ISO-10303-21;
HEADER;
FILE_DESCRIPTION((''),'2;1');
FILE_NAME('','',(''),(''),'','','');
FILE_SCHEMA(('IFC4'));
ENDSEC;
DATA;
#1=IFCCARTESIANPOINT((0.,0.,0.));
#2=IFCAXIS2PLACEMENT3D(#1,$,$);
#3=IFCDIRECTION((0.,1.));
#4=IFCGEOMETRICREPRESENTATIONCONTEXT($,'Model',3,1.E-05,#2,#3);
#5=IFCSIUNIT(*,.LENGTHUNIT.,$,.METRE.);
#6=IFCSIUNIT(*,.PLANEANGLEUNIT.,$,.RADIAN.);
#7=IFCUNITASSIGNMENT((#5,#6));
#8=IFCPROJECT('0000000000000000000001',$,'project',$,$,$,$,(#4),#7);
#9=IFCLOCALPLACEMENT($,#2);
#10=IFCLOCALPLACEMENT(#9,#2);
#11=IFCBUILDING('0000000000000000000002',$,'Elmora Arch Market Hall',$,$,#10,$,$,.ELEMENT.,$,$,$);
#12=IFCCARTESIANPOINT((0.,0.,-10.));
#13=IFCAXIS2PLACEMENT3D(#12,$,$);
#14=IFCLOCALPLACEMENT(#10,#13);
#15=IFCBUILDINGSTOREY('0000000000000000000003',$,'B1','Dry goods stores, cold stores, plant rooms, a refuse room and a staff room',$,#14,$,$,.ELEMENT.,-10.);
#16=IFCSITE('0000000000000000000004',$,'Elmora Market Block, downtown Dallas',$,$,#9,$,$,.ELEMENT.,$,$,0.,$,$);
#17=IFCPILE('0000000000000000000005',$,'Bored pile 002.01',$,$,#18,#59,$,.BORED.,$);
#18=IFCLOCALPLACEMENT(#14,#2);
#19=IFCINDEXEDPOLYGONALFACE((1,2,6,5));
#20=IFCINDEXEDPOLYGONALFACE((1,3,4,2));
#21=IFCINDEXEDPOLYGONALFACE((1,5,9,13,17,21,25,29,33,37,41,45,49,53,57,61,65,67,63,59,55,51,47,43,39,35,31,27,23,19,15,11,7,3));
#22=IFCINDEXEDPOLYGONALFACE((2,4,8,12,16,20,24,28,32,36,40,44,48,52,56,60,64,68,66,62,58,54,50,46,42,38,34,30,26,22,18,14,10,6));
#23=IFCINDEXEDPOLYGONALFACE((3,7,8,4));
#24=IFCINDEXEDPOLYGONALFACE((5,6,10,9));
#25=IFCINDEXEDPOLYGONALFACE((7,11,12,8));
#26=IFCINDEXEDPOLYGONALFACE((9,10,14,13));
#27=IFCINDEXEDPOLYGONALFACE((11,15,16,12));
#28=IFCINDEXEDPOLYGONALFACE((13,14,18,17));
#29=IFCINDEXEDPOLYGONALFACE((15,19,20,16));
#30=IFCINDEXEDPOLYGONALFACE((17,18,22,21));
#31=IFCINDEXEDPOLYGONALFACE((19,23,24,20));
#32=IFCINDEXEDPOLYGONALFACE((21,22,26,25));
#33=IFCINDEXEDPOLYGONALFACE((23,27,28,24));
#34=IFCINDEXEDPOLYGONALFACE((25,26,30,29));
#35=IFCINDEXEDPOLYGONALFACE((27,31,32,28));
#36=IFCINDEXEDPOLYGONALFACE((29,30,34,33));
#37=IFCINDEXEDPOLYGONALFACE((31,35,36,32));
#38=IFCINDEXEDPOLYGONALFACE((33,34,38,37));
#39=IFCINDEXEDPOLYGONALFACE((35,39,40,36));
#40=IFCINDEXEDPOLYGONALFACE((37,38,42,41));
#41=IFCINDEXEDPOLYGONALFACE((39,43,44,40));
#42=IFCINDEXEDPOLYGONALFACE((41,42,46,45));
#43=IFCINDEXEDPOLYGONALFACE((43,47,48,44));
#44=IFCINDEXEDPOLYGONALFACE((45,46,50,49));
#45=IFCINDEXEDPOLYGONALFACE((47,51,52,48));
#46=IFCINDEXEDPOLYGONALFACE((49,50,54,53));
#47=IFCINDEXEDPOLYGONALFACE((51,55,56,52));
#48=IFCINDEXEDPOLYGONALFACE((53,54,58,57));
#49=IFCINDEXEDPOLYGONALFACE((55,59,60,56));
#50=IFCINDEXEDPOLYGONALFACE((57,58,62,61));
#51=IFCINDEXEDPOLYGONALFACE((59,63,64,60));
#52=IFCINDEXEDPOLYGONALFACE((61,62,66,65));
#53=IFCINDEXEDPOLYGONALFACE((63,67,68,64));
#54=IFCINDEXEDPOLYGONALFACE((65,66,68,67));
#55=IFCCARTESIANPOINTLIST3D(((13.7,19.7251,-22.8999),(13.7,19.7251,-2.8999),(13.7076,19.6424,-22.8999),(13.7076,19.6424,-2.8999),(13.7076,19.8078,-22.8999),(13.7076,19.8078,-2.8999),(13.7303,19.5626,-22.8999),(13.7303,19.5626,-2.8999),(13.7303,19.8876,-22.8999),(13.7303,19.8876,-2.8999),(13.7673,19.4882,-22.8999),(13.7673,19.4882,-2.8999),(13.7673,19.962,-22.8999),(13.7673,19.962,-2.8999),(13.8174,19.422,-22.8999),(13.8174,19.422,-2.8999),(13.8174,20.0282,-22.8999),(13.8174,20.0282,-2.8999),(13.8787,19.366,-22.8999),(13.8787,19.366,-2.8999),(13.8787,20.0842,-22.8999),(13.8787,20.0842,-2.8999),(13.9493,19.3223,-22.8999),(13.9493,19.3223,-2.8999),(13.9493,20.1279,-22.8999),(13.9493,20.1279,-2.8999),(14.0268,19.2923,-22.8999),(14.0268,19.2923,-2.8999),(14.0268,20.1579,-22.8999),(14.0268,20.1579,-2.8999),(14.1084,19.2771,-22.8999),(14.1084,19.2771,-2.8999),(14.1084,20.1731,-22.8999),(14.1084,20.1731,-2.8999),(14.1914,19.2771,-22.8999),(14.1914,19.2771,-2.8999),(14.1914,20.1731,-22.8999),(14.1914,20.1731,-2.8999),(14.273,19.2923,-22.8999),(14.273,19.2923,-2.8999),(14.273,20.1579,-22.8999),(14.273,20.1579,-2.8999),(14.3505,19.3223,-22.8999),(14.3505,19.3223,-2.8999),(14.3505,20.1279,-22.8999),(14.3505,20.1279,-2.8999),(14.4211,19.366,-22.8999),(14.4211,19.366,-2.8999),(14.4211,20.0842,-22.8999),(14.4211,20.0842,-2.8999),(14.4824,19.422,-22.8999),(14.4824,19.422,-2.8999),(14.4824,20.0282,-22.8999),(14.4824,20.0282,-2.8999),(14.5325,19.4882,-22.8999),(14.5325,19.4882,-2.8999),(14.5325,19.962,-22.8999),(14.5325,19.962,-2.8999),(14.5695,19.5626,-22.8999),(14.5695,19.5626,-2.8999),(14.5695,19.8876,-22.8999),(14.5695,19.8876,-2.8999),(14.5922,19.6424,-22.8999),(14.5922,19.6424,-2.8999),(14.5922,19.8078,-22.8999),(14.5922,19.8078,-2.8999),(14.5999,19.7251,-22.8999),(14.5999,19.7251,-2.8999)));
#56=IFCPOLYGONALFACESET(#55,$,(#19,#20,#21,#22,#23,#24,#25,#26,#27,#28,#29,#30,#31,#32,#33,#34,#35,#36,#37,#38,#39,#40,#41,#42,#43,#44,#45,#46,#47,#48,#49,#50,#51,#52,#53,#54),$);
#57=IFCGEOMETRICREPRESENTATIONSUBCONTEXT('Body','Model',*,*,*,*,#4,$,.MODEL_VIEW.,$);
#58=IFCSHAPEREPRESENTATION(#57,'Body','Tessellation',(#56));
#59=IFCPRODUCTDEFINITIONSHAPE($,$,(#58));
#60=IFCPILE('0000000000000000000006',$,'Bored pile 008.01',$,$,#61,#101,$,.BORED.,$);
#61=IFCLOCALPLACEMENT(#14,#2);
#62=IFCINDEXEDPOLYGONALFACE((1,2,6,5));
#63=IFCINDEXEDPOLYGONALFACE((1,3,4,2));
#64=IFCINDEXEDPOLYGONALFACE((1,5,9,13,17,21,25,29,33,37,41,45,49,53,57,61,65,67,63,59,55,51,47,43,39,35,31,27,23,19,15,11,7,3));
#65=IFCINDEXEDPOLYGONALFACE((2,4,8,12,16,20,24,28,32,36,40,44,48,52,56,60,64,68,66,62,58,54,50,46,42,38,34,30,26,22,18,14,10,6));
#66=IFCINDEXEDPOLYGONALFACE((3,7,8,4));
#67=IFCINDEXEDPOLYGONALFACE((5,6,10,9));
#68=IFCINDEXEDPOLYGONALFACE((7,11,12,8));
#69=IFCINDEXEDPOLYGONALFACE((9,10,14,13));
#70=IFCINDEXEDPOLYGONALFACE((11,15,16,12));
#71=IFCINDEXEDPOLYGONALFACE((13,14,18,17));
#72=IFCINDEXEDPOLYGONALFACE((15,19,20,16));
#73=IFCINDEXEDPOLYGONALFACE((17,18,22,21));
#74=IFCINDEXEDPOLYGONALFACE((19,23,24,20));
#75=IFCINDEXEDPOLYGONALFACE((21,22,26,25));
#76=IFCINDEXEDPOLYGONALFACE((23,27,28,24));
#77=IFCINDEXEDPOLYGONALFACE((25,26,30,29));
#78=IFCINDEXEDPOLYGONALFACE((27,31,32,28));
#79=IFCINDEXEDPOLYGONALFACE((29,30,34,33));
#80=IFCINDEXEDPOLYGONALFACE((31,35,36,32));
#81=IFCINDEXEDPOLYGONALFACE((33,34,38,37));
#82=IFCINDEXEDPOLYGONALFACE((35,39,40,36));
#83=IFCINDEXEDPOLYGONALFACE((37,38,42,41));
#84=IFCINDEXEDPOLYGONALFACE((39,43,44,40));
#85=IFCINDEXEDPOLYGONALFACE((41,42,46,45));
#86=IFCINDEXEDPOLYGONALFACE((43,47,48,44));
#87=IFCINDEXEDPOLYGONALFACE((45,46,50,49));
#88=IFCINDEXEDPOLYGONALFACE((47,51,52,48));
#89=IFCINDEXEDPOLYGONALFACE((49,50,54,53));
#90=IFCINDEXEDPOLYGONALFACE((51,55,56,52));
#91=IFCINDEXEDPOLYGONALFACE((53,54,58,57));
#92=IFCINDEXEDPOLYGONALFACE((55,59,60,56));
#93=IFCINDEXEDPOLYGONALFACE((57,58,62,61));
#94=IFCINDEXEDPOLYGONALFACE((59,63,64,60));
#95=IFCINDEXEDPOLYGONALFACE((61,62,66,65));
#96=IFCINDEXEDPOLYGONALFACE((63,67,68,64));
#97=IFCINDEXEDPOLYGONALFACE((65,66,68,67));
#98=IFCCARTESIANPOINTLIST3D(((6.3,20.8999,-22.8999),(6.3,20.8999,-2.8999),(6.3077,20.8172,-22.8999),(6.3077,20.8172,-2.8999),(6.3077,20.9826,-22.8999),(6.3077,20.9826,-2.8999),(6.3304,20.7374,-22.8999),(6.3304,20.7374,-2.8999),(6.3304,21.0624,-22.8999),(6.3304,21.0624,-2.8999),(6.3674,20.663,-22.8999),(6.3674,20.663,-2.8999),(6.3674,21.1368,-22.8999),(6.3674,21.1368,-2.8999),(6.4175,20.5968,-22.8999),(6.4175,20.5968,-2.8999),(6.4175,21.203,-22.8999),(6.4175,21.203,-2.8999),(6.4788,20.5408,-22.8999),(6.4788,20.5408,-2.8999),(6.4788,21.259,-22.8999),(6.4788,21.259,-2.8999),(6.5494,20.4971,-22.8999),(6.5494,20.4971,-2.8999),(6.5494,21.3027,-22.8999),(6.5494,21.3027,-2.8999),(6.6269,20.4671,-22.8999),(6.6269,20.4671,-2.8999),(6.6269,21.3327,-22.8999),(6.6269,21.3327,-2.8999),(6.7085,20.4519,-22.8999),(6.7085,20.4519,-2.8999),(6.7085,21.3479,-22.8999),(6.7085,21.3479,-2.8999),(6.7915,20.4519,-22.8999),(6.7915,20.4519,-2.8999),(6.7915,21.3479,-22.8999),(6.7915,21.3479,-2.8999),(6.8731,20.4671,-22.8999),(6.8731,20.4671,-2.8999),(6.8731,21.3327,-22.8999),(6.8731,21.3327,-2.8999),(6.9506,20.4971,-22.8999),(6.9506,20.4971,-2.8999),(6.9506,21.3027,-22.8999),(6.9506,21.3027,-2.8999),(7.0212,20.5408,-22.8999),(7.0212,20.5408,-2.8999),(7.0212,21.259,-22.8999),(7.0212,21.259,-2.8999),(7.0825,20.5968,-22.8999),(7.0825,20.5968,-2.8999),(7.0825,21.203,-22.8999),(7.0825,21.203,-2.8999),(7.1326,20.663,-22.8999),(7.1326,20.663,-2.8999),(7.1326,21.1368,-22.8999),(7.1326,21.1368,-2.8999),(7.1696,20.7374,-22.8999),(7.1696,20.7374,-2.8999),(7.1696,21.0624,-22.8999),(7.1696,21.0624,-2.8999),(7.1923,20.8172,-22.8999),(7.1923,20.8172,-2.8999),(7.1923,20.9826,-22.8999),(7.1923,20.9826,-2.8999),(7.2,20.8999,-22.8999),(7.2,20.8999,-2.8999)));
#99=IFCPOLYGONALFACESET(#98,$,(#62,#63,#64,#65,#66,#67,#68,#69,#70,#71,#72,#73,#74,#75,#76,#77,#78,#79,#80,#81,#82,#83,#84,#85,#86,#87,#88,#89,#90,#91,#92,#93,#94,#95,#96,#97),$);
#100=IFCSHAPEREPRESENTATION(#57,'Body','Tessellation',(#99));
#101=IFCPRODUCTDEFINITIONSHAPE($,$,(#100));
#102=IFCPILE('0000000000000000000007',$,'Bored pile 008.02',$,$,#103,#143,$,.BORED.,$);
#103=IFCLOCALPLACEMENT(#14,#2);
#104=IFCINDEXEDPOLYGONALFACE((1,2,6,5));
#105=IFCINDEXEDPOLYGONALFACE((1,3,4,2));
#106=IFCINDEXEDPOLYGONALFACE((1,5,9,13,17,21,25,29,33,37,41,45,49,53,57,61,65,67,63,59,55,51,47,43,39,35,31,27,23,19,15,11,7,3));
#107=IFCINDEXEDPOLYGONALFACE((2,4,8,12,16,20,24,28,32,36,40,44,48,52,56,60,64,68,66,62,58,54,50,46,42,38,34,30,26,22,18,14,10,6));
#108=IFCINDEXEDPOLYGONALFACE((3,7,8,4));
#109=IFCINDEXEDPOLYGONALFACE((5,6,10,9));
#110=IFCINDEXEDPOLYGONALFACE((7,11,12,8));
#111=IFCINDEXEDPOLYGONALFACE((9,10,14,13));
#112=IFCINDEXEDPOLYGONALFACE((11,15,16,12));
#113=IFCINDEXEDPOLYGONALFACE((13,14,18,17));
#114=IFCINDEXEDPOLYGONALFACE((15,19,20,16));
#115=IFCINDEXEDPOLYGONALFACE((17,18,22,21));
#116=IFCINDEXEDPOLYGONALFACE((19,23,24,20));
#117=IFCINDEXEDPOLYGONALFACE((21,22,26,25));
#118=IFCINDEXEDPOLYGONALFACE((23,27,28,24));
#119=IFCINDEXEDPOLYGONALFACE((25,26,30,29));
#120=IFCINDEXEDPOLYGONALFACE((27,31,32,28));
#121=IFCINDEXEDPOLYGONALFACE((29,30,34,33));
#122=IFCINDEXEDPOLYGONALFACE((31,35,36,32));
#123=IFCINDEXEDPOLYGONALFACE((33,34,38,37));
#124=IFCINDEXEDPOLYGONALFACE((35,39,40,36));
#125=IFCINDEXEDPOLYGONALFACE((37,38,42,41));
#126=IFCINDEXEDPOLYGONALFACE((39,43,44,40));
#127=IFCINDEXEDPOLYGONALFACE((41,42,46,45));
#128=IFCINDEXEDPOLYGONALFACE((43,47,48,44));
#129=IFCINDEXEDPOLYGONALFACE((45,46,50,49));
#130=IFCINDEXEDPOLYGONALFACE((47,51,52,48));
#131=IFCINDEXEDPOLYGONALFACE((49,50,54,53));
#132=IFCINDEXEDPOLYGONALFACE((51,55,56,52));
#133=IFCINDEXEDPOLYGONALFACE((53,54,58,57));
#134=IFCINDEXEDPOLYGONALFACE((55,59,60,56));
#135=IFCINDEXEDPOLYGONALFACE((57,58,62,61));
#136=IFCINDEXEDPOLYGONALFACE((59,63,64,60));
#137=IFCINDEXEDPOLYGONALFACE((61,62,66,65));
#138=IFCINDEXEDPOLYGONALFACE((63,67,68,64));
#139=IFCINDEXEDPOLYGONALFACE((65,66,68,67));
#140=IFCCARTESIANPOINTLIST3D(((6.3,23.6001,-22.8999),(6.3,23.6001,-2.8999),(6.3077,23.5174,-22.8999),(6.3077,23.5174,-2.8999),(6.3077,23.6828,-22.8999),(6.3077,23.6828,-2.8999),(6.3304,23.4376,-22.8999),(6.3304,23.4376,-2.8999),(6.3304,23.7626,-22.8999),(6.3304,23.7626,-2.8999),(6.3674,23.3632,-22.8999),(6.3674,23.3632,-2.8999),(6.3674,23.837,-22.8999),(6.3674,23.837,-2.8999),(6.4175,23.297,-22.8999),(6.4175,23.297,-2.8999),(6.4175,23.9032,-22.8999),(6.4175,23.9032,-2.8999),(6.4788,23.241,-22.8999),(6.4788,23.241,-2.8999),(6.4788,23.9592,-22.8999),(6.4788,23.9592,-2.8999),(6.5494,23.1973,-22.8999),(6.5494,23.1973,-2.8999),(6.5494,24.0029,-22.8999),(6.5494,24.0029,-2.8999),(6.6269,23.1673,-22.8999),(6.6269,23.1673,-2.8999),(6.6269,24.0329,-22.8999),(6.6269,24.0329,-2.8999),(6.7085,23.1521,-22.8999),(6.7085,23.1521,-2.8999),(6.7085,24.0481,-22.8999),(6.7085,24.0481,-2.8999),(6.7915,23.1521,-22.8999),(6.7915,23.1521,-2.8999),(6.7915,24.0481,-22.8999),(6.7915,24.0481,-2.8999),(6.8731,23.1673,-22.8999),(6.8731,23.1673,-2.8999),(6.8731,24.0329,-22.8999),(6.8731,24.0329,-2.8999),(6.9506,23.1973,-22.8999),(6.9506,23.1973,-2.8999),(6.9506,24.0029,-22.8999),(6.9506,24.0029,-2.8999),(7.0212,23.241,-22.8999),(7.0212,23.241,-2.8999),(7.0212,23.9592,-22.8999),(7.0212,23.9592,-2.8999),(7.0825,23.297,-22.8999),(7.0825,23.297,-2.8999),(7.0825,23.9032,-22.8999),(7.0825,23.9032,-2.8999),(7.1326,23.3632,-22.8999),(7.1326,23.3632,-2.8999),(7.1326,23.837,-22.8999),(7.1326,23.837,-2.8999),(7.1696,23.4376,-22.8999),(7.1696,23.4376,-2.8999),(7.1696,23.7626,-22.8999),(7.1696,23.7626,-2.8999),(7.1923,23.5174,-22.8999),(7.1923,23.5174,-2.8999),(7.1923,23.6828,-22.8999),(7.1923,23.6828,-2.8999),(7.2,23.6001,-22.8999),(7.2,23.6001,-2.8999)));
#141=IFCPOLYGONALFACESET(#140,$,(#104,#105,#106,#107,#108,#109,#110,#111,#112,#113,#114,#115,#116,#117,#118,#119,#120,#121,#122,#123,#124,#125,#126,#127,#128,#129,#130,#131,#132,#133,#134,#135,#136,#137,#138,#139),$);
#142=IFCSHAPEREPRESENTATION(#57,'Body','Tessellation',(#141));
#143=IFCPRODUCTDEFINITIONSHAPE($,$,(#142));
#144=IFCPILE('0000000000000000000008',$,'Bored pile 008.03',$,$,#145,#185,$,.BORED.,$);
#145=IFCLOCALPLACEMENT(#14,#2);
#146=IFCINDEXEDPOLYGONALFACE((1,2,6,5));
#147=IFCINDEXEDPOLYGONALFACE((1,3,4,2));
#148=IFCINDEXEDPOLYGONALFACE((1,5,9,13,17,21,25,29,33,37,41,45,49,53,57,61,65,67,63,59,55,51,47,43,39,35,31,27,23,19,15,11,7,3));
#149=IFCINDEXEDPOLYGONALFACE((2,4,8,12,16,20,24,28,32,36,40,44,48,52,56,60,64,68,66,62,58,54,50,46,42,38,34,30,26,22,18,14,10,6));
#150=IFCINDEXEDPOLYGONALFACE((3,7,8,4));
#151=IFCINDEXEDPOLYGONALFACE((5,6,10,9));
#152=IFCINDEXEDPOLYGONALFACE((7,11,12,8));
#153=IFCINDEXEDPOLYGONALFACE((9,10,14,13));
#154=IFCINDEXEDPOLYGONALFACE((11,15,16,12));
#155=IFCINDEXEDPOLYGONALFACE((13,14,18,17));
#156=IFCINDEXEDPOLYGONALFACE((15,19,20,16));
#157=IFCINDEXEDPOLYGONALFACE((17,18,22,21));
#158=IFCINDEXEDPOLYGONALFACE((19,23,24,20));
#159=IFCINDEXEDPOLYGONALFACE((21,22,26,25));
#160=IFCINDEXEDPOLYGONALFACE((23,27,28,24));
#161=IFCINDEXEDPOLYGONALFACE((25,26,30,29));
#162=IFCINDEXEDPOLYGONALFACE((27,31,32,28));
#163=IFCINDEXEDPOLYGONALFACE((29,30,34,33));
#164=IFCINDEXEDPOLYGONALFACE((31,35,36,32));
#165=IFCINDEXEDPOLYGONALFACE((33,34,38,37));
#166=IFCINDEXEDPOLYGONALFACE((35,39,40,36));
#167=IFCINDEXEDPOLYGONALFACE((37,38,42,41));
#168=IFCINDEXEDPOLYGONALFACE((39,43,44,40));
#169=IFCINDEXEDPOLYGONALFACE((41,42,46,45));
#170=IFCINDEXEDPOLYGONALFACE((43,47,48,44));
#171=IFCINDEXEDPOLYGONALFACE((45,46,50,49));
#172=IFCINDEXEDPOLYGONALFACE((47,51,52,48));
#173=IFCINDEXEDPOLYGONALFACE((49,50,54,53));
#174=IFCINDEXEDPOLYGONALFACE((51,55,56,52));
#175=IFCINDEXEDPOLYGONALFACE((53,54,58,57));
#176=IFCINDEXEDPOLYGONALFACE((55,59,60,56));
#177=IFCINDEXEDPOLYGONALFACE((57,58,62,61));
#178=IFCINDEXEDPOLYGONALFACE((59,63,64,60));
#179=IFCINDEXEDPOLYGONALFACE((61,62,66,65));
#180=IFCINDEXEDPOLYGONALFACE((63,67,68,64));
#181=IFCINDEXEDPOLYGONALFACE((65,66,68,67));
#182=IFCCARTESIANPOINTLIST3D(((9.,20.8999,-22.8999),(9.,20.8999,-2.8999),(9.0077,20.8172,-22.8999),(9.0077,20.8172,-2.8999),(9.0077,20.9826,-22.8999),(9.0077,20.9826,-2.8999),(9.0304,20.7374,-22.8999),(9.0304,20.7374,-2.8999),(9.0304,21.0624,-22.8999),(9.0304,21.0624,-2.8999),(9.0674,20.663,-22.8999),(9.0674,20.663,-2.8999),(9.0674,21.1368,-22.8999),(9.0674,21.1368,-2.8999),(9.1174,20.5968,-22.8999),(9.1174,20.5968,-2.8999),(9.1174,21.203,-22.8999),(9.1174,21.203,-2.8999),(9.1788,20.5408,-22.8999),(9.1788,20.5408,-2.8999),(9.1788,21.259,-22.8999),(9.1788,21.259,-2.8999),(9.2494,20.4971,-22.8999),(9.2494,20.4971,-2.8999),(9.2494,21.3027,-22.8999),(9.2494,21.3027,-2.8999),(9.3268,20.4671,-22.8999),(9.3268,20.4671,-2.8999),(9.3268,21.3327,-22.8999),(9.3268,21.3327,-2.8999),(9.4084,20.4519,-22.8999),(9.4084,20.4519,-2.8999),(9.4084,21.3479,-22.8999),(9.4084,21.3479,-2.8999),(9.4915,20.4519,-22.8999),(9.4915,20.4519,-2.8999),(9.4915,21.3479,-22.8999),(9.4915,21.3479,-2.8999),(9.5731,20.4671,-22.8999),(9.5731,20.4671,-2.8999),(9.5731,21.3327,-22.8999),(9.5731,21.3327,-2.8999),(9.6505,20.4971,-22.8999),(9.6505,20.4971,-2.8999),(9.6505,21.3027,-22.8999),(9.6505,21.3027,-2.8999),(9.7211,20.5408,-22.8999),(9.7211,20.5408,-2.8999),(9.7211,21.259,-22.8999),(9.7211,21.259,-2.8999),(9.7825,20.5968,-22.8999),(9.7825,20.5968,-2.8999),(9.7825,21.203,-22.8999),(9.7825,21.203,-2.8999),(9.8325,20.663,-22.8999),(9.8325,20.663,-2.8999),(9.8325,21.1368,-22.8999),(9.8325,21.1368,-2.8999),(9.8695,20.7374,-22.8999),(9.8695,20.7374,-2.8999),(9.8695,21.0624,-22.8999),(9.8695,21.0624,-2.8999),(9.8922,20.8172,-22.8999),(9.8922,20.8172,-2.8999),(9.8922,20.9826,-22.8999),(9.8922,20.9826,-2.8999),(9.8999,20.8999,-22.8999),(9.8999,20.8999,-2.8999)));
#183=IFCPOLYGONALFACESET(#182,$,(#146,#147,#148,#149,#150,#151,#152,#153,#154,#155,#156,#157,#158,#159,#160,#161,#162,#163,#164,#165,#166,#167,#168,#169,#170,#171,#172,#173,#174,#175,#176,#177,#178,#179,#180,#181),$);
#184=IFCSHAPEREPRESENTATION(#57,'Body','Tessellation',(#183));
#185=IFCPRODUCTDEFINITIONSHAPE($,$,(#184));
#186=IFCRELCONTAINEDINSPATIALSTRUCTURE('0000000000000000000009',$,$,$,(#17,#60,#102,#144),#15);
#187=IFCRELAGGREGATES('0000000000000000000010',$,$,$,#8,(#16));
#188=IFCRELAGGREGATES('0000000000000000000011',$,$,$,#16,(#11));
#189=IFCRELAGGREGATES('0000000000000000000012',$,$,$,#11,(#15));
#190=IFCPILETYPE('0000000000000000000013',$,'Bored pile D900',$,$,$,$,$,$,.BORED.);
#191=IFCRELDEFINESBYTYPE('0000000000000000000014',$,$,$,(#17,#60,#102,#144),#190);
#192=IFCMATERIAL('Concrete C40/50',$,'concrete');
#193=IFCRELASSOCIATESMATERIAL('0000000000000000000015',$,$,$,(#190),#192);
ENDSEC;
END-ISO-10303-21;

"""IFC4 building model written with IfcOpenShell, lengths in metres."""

from ifc_helpers import new_model, si_unit, direction, frame, origin, origin_2d, place, context, subcontext, project, spatial, circle, extrude, material, material_profile, profile_set, type_object, element, save


model = new_model("IFC4")

# Units and contexts
model_context = context("Model", 3, precision=1e-05, world=origin(), true_north=direction((0.0, 1.0)))
body_context = subcontext(model_context, "Body", "Model", "MODEL_VIEW")
ifc_project = project(units=[si_unit("LENGTHUNIT", "METRE"), si_unit("PLANEANGLEUNIT", "RADIAN")], contexts=[model_context])

# Site, building, storey
site_placement = place(None, origin())
site = spatial("IfcSite", under=ifc_project, at=site_placement, Name="Elmora Market Block, downtown Dallas", CompositionType="ELEMENT", RefElevation=0.0)
building_placement = place(site_placement, origin())
building = spatial("IfcBuilding", under=site, at=building_placement, Name="Elmora Arch Market Hall", CompositionType="ELEMENT")
storey_placement = place(building_placement, frame((0.0, 0.0, -10.0)))
storey = spatial("IfcBuildingStorey", under=building, at=storey_placement, Name="B1", Description="Dry goods stores, cold stores, plant rooms, a refuse room and a staff room", CompositionType="ELEMENT", Elevation=-10.0)

# Piles
ifc_material_1 = material(Name="Concrete C40/50", Category="concrete")
ifc_material_profile_1 = material_profile(ifc_material_1, circle(Radius=0.45, at=origin_2d()), Name="Bored pile D900")
ifc_profile_set_1 = profile_set([ifc_material_profile_1], Name="Concrete C40/50")
pile_type = type_object("IfcPileType", Name="Bored pile D900", PredefinedType="BORED", material=ifc_profile_set_1)
for number, where, z_axis, x_axis, name in (
    (1, (14.1499, 19.7251, -2.8999), (0.0, 0.0, -1.0), (1.0, 0.0, 0.0), "Bored pile 002.01"),
    (2, (6.75, 20.8999, -2.8999), (0.0, 0.0, -1.0), (1.0, 0.0, 0.0), "Bored pile 008.01"),
    (3, (6.75, 23.6001, -2.8999), (0.0, 0.0, -1.0), (1.0, 0.0, 0.0), "Bored pile 008.02"),
    (4, (9.45, 20.8999, -2.8999), (0.0, 0.0, -1.0), (1.0, 0.0, 0.0), "Bored pile 008.03"),
):
    element("IfcPile", number, at=place(storey_placement, frame(where, z_axis=z_axis, x_axis=x_axis)), inside=storey, type_object=pile_type, Name=name, PredefinedType="BORED", context=body_context, shape_type="SweptSolid", body=[
        extrude(circle(Radius=0.45, at=origin_2d()), origin(), (0.0, 0.0, 1.0), 20.0),
    ])

save(model, "model.ifc")
